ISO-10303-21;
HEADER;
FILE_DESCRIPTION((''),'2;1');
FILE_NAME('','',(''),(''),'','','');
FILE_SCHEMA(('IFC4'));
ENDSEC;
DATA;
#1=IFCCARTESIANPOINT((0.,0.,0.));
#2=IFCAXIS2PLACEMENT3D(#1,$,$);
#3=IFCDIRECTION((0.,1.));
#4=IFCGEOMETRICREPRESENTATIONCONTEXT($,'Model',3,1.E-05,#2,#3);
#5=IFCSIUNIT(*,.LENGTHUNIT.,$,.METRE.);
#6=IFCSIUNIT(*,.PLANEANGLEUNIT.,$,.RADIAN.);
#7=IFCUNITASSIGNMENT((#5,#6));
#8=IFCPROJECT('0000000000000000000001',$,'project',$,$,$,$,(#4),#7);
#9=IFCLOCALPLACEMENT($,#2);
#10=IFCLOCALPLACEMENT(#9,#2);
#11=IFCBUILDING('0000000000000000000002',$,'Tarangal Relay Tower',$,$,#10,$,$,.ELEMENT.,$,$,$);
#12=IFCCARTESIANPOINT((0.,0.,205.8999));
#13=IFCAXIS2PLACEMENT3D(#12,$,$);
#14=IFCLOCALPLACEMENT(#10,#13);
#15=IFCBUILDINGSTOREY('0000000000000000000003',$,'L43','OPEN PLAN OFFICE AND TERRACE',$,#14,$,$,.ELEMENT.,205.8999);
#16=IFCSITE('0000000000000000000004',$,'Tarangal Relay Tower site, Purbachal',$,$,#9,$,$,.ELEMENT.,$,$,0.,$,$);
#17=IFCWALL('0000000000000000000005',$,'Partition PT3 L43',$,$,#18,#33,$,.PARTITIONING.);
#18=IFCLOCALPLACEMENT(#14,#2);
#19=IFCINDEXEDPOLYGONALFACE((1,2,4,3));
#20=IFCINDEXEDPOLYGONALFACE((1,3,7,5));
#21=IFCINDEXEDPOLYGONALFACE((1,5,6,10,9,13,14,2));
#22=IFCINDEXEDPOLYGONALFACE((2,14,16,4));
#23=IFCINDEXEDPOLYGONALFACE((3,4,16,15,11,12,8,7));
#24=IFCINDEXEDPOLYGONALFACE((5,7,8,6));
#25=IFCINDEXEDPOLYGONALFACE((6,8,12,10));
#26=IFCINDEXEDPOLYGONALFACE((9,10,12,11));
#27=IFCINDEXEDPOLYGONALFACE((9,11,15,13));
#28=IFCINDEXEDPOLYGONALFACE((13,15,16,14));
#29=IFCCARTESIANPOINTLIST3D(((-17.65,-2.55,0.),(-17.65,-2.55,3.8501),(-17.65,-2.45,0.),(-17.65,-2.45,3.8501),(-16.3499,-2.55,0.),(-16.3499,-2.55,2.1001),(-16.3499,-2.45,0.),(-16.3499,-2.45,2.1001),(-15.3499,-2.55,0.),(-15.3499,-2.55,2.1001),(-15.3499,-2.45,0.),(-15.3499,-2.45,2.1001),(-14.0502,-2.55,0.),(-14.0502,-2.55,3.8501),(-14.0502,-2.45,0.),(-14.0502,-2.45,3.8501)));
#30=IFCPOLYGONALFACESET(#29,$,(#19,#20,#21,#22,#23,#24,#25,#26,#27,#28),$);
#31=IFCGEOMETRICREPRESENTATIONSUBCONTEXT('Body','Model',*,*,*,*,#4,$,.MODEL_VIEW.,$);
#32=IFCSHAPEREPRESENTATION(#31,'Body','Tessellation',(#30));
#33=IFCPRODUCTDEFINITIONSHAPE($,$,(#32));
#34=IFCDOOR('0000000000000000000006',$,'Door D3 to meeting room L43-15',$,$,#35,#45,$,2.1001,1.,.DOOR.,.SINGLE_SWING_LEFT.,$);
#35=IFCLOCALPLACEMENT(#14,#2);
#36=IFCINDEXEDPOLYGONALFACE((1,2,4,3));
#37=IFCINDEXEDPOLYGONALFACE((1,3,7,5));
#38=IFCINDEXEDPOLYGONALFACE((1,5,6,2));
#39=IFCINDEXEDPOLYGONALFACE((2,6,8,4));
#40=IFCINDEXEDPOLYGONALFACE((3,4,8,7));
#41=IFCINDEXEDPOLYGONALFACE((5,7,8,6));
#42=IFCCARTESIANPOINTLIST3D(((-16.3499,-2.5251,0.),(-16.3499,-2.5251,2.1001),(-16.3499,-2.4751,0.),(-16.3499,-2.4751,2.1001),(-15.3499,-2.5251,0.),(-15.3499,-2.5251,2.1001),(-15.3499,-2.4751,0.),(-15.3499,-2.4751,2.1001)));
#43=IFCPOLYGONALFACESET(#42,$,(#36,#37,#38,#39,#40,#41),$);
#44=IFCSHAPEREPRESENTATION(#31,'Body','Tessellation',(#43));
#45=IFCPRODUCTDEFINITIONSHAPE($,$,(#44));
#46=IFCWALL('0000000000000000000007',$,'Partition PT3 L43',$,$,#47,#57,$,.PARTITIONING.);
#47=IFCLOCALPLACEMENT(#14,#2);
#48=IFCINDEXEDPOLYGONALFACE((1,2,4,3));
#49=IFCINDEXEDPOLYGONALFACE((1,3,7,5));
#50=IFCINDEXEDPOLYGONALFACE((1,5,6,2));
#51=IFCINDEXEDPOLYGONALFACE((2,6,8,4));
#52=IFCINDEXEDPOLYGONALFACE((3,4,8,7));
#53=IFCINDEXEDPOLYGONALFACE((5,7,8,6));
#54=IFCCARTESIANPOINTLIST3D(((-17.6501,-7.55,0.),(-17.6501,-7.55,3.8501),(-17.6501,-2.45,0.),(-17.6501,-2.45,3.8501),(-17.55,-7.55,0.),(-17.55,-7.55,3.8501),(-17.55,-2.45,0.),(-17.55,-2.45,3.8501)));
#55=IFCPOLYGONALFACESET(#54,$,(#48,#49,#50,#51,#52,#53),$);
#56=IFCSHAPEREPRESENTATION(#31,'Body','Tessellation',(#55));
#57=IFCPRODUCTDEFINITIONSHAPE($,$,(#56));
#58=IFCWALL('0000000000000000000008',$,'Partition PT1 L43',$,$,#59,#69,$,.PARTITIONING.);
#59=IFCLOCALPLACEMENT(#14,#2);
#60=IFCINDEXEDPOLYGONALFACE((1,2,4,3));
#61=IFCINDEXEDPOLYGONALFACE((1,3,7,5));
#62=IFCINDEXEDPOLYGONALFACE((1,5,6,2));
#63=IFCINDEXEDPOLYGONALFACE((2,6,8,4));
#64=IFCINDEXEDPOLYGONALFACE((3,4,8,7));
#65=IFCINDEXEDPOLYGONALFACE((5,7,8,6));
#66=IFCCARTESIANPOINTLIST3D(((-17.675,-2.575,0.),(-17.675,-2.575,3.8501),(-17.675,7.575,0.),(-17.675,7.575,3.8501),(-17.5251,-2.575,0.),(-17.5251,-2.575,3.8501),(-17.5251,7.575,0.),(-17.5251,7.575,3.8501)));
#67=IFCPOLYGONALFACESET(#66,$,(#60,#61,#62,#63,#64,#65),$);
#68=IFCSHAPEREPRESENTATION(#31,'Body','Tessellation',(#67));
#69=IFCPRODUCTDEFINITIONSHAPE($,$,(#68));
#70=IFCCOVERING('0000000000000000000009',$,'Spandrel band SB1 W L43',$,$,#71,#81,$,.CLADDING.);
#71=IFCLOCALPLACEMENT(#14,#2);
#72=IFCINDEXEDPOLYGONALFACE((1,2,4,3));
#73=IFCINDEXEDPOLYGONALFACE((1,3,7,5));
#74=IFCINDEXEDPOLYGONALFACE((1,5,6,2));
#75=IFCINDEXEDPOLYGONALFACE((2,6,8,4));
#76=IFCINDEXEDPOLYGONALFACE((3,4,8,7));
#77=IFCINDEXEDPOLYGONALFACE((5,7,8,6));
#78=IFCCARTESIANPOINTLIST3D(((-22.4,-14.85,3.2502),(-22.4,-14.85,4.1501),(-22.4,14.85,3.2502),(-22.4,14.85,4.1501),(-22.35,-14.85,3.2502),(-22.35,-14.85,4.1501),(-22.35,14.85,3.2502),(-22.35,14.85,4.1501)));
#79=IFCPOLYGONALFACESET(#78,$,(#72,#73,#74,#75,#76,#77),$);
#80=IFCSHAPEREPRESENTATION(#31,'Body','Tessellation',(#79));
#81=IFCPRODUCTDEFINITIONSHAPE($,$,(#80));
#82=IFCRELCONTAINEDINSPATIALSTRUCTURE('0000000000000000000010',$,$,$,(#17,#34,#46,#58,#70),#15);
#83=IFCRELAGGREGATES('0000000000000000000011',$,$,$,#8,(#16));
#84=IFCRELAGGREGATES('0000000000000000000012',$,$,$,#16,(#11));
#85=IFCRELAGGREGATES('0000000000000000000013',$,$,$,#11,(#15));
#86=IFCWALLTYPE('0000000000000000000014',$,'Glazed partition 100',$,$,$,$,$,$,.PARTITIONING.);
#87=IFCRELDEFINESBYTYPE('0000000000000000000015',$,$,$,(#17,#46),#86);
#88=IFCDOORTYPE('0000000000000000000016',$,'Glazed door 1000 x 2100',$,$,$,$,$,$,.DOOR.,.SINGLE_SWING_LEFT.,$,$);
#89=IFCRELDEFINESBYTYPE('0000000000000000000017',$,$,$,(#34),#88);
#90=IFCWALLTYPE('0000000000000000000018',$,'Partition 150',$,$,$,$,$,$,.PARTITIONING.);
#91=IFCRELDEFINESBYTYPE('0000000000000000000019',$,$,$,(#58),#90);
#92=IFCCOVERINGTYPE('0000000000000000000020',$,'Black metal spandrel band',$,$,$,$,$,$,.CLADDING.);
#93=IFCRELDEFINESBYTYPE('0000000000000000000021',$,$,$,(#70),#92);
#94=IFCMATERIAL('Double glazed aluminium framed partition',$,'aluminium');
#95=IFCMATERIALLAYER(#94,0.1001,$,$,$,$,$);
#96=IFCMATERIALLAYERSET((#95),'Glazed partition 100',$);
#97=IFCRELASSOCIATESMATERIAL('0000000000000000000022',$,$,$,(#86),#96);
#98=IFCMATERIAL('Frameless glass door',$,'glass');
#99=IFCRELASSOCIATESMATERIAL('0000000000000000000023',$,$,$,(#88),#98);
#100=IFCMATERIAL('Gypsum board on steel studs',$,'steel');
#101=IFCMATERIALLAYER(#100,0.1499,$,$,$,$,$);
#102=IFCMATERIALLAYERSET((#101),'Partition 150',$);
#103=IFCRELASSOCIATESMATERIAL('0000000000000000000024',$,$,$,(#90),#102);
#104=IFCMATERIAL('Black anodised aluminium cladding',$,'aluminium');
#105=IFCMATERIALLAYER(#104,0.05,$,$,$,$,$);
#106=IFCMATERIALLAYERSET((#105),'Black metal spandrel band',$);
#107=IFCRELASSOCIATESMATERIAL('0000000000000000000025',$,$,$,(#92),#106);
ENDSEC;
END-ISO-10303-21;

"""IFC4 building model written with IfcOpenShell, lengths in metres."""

from ifc_helpers import new_model, si_unit, direction, frame, frame_2d, origin, origin_2d, place, context, subcontext, project, spatial, rectangle, extrude, material, layer, layer_set, type_object, element, fill, save


model = new_model("IFC4")

# Units and contexts
model_context = context("Model", 3, precision=1e-05, world=origin(), true_north=direction((0.0, 1.0)))
body_context = subcontext(model_context, "Body", "Model", "MODEL_VIEW")
ifc_project = project(units=[si_unit("LENGTHUNIT", "METRE"), si_unit("PLANEANGLEUNIT", "RADIAN")], contexts=[model_context])

# Site, building, storey
site_placement = place(None, origin())
site = spatial("IfcSite", under=ifc_project, at=site_placement, Name="Tarangal Relay Tower site, Purbachal", CompositionType="ELEMENT", RefElevation=0.0)
building_placement = place(site_placement, origin())
building = spatial("IfcBuilding", under=site, at=building_placement, Name="Tarangal Relay Tower", CompositionType="ELEMENT")
storey_placement = place(building_placement, frame((0.0, 0.0, 205.8999)))
storey = spatial("IfcBuildingStorey", under=building, at=storey_placement, Name="L43", Description="OPEN PLAN OFFICE AND TERRACE", CompositionType="ELEMENT", Elevation=205.8999)

# Shared definitions
ifc_material_1 = material(Name="Double glazed aluminium framed partition", Category="aluminium")
ifc_layer_1 = layer(ifc_material_1, 0.1001)
ifc_layer_set_1 = layer_set([ifc_layer_1], Name="Glazed partition 100")
wall_type_1 = type_object("IfcWallType", Name="Glazed partition 100", PredefinedType="PARTITIONING", material=ifc_layer_set_1)

# Wall, opening, door
wall_1_placement = place(storey_placement, frame((-17.6499, -2.5, 0.0), z_axis=(0.0, 0.0, 1.0), x_axis=(1.0, 0.0, 0.0)))
wall_1 = element("IfcWall", 1, at=wall_1_placement, inside=storey, type_object=wall_type_1, Name="Partition PT3 L43", PredefinedType="PARTITIONING", context=body_context, shape_type="SweptSolid", body=[
    extrude(rectangle(XDim=3.5999, YDim=0.1001, at=frame_2d((1.7998, 0.0))), origin(), (0.0, 0.0, 1.0), 3.8501),
])
opening_placement = place(wall_1_placement, frame((1.3, 0.0, 0.0)))
opening = element("IfcOpeningElement", 2, at=opening_placement, cuts=wall_1, PredefinedType="OPENING", context=body_context, shape_type="SweptSolid", body=[
    extrude(rectangle(XDim=1.0, YDim=2.1001, at=frame_2d((0.5, 1.05))), frame((0.0, 0.0601, 0.0), z_axis=(0.0, -1.0, 0.0), x_axis=(1.0, 0.0, 0.0)), (0.0, 0.0, 1.0), 0.1201),
])
ifc_material_2 = material(Name="Frameless glass door", Category="glass")
door_type = type_object("IfcDoorType", Name="Glazed door 1000 x 2100", OperationType="SINGLE_SWING_LEFT", PredefinedType="DOOR", material=ifc_material_2)
door_placement = place(opening_placement, origin())
door = element("IfcDoor", 3, at=door_placement, inside=storey, type_object=door_type, Name="Door D3 to meeting room L43-15", OperationType="SINGLE_SWING_LEFT", OverallHeight=2.1001, OverallWidth=1.0, PredefinedType="DOOR", context=body_context, shape_type="SweptSolid", body=[
    extrude(rectangle(XDim=1.0, YDim=2.1001, at=frame_2d((0.5, 1.05))), frame((0.0, 0.0249, 0.0), z_axis=(0.0, -1.0, 0.0), x_axis=(1.0, 0.0, 0.0)), (0.0, 0.0, 1.0), 0.05),
])
fill(opening, door)

# Walls
wall_2_placement = place(storey_placement, frame((-17.6001, -7.55, 0.0), z_axis=(0.0, 0.0, 1.0), x_axis=(0.0, 1.0, 0.0)))
element("IfcWall", 4, at=wall_2_placement, inside=storey, type_object=wall_type_1, Name="Partition PT3 L43", PredefinedType="PARTITIONING", context=body_context, shape_type="SweptSolid", body=[
    extrude(rectangle(XDim=5.1001, YDim=0.1001, at=frame_2d((2.55, 0.0))), origin(), (0.0, 0.0, 1.0), 3.8501),
])
ifc_material_3 = material(Name="Gypsum board on steel studs", Category="steel")
ifc_layer_2 = layer(ifc_material_3, 0.1499)
ifc_layer_set_2 = layer_set([ifc_layer_2], Name="Partition 150")
wall_type_2 = type_object("IfcWallType", Name="Partition 150", PredefinedType="PARTITIONING", material=ifc_layer_set_2)
wall_3_placement = place(storey_placement, frame((-17.6001, -2.575, 0.0), z_axis=(0.0, 0.0, 1.0), x_axis=(0.0, 1.0, 0.0)))
element("IfcWall", 5, at=wall_3_placement, inside=storey, type_object=wall_type_2, Name="Partition PT1 L43", PredefinedType="PARTITIONING", context=body_context, shape_type="SweptSolid", body=[
    extrude(rectangle(XDim=10.1499, YDim=0.1499, at=frame_2d((5.075, 0.0))), origin(), (0.0, 0.0, 1.0), 3.8501),
])

# Covering
ifc_material_4 = material(Name="Black anodised aluminium cladding", Category="aluminium")
ifc_layer_3 = layer(ifc_material_4, 0.05)
ifc_layer_set_3 = layer_set([ifc_layer_3], Name="Black metal spandrel band")
covering_type = type_object("IfcCoveringType", Name="Black metal spandrel band", PredefinedType="CLADDING", material=ifc_layer_set_3)
covering_placement = place(storey_placement, frame((-22.375, 0.0, 3.2502), z_axis=(0.0, 0.0, 1.0), x_axis=(0.0, 1.0, 0.0)))
element("IfcCovering", 6, at=covering_placement, inside=storey, type_object=covering_type, Name="Spandrel band SB1 W L43", PredefinedType="CLADDING", context=body_context, shape_type="SweptSolid", body=[
    extrude(rectangle(XDim=29.7, YDim=0.05, at=origin_2d()), origin(), (0.0, 0.0, 1.0), 0.8999),
])

save(model, "model.ifc")
